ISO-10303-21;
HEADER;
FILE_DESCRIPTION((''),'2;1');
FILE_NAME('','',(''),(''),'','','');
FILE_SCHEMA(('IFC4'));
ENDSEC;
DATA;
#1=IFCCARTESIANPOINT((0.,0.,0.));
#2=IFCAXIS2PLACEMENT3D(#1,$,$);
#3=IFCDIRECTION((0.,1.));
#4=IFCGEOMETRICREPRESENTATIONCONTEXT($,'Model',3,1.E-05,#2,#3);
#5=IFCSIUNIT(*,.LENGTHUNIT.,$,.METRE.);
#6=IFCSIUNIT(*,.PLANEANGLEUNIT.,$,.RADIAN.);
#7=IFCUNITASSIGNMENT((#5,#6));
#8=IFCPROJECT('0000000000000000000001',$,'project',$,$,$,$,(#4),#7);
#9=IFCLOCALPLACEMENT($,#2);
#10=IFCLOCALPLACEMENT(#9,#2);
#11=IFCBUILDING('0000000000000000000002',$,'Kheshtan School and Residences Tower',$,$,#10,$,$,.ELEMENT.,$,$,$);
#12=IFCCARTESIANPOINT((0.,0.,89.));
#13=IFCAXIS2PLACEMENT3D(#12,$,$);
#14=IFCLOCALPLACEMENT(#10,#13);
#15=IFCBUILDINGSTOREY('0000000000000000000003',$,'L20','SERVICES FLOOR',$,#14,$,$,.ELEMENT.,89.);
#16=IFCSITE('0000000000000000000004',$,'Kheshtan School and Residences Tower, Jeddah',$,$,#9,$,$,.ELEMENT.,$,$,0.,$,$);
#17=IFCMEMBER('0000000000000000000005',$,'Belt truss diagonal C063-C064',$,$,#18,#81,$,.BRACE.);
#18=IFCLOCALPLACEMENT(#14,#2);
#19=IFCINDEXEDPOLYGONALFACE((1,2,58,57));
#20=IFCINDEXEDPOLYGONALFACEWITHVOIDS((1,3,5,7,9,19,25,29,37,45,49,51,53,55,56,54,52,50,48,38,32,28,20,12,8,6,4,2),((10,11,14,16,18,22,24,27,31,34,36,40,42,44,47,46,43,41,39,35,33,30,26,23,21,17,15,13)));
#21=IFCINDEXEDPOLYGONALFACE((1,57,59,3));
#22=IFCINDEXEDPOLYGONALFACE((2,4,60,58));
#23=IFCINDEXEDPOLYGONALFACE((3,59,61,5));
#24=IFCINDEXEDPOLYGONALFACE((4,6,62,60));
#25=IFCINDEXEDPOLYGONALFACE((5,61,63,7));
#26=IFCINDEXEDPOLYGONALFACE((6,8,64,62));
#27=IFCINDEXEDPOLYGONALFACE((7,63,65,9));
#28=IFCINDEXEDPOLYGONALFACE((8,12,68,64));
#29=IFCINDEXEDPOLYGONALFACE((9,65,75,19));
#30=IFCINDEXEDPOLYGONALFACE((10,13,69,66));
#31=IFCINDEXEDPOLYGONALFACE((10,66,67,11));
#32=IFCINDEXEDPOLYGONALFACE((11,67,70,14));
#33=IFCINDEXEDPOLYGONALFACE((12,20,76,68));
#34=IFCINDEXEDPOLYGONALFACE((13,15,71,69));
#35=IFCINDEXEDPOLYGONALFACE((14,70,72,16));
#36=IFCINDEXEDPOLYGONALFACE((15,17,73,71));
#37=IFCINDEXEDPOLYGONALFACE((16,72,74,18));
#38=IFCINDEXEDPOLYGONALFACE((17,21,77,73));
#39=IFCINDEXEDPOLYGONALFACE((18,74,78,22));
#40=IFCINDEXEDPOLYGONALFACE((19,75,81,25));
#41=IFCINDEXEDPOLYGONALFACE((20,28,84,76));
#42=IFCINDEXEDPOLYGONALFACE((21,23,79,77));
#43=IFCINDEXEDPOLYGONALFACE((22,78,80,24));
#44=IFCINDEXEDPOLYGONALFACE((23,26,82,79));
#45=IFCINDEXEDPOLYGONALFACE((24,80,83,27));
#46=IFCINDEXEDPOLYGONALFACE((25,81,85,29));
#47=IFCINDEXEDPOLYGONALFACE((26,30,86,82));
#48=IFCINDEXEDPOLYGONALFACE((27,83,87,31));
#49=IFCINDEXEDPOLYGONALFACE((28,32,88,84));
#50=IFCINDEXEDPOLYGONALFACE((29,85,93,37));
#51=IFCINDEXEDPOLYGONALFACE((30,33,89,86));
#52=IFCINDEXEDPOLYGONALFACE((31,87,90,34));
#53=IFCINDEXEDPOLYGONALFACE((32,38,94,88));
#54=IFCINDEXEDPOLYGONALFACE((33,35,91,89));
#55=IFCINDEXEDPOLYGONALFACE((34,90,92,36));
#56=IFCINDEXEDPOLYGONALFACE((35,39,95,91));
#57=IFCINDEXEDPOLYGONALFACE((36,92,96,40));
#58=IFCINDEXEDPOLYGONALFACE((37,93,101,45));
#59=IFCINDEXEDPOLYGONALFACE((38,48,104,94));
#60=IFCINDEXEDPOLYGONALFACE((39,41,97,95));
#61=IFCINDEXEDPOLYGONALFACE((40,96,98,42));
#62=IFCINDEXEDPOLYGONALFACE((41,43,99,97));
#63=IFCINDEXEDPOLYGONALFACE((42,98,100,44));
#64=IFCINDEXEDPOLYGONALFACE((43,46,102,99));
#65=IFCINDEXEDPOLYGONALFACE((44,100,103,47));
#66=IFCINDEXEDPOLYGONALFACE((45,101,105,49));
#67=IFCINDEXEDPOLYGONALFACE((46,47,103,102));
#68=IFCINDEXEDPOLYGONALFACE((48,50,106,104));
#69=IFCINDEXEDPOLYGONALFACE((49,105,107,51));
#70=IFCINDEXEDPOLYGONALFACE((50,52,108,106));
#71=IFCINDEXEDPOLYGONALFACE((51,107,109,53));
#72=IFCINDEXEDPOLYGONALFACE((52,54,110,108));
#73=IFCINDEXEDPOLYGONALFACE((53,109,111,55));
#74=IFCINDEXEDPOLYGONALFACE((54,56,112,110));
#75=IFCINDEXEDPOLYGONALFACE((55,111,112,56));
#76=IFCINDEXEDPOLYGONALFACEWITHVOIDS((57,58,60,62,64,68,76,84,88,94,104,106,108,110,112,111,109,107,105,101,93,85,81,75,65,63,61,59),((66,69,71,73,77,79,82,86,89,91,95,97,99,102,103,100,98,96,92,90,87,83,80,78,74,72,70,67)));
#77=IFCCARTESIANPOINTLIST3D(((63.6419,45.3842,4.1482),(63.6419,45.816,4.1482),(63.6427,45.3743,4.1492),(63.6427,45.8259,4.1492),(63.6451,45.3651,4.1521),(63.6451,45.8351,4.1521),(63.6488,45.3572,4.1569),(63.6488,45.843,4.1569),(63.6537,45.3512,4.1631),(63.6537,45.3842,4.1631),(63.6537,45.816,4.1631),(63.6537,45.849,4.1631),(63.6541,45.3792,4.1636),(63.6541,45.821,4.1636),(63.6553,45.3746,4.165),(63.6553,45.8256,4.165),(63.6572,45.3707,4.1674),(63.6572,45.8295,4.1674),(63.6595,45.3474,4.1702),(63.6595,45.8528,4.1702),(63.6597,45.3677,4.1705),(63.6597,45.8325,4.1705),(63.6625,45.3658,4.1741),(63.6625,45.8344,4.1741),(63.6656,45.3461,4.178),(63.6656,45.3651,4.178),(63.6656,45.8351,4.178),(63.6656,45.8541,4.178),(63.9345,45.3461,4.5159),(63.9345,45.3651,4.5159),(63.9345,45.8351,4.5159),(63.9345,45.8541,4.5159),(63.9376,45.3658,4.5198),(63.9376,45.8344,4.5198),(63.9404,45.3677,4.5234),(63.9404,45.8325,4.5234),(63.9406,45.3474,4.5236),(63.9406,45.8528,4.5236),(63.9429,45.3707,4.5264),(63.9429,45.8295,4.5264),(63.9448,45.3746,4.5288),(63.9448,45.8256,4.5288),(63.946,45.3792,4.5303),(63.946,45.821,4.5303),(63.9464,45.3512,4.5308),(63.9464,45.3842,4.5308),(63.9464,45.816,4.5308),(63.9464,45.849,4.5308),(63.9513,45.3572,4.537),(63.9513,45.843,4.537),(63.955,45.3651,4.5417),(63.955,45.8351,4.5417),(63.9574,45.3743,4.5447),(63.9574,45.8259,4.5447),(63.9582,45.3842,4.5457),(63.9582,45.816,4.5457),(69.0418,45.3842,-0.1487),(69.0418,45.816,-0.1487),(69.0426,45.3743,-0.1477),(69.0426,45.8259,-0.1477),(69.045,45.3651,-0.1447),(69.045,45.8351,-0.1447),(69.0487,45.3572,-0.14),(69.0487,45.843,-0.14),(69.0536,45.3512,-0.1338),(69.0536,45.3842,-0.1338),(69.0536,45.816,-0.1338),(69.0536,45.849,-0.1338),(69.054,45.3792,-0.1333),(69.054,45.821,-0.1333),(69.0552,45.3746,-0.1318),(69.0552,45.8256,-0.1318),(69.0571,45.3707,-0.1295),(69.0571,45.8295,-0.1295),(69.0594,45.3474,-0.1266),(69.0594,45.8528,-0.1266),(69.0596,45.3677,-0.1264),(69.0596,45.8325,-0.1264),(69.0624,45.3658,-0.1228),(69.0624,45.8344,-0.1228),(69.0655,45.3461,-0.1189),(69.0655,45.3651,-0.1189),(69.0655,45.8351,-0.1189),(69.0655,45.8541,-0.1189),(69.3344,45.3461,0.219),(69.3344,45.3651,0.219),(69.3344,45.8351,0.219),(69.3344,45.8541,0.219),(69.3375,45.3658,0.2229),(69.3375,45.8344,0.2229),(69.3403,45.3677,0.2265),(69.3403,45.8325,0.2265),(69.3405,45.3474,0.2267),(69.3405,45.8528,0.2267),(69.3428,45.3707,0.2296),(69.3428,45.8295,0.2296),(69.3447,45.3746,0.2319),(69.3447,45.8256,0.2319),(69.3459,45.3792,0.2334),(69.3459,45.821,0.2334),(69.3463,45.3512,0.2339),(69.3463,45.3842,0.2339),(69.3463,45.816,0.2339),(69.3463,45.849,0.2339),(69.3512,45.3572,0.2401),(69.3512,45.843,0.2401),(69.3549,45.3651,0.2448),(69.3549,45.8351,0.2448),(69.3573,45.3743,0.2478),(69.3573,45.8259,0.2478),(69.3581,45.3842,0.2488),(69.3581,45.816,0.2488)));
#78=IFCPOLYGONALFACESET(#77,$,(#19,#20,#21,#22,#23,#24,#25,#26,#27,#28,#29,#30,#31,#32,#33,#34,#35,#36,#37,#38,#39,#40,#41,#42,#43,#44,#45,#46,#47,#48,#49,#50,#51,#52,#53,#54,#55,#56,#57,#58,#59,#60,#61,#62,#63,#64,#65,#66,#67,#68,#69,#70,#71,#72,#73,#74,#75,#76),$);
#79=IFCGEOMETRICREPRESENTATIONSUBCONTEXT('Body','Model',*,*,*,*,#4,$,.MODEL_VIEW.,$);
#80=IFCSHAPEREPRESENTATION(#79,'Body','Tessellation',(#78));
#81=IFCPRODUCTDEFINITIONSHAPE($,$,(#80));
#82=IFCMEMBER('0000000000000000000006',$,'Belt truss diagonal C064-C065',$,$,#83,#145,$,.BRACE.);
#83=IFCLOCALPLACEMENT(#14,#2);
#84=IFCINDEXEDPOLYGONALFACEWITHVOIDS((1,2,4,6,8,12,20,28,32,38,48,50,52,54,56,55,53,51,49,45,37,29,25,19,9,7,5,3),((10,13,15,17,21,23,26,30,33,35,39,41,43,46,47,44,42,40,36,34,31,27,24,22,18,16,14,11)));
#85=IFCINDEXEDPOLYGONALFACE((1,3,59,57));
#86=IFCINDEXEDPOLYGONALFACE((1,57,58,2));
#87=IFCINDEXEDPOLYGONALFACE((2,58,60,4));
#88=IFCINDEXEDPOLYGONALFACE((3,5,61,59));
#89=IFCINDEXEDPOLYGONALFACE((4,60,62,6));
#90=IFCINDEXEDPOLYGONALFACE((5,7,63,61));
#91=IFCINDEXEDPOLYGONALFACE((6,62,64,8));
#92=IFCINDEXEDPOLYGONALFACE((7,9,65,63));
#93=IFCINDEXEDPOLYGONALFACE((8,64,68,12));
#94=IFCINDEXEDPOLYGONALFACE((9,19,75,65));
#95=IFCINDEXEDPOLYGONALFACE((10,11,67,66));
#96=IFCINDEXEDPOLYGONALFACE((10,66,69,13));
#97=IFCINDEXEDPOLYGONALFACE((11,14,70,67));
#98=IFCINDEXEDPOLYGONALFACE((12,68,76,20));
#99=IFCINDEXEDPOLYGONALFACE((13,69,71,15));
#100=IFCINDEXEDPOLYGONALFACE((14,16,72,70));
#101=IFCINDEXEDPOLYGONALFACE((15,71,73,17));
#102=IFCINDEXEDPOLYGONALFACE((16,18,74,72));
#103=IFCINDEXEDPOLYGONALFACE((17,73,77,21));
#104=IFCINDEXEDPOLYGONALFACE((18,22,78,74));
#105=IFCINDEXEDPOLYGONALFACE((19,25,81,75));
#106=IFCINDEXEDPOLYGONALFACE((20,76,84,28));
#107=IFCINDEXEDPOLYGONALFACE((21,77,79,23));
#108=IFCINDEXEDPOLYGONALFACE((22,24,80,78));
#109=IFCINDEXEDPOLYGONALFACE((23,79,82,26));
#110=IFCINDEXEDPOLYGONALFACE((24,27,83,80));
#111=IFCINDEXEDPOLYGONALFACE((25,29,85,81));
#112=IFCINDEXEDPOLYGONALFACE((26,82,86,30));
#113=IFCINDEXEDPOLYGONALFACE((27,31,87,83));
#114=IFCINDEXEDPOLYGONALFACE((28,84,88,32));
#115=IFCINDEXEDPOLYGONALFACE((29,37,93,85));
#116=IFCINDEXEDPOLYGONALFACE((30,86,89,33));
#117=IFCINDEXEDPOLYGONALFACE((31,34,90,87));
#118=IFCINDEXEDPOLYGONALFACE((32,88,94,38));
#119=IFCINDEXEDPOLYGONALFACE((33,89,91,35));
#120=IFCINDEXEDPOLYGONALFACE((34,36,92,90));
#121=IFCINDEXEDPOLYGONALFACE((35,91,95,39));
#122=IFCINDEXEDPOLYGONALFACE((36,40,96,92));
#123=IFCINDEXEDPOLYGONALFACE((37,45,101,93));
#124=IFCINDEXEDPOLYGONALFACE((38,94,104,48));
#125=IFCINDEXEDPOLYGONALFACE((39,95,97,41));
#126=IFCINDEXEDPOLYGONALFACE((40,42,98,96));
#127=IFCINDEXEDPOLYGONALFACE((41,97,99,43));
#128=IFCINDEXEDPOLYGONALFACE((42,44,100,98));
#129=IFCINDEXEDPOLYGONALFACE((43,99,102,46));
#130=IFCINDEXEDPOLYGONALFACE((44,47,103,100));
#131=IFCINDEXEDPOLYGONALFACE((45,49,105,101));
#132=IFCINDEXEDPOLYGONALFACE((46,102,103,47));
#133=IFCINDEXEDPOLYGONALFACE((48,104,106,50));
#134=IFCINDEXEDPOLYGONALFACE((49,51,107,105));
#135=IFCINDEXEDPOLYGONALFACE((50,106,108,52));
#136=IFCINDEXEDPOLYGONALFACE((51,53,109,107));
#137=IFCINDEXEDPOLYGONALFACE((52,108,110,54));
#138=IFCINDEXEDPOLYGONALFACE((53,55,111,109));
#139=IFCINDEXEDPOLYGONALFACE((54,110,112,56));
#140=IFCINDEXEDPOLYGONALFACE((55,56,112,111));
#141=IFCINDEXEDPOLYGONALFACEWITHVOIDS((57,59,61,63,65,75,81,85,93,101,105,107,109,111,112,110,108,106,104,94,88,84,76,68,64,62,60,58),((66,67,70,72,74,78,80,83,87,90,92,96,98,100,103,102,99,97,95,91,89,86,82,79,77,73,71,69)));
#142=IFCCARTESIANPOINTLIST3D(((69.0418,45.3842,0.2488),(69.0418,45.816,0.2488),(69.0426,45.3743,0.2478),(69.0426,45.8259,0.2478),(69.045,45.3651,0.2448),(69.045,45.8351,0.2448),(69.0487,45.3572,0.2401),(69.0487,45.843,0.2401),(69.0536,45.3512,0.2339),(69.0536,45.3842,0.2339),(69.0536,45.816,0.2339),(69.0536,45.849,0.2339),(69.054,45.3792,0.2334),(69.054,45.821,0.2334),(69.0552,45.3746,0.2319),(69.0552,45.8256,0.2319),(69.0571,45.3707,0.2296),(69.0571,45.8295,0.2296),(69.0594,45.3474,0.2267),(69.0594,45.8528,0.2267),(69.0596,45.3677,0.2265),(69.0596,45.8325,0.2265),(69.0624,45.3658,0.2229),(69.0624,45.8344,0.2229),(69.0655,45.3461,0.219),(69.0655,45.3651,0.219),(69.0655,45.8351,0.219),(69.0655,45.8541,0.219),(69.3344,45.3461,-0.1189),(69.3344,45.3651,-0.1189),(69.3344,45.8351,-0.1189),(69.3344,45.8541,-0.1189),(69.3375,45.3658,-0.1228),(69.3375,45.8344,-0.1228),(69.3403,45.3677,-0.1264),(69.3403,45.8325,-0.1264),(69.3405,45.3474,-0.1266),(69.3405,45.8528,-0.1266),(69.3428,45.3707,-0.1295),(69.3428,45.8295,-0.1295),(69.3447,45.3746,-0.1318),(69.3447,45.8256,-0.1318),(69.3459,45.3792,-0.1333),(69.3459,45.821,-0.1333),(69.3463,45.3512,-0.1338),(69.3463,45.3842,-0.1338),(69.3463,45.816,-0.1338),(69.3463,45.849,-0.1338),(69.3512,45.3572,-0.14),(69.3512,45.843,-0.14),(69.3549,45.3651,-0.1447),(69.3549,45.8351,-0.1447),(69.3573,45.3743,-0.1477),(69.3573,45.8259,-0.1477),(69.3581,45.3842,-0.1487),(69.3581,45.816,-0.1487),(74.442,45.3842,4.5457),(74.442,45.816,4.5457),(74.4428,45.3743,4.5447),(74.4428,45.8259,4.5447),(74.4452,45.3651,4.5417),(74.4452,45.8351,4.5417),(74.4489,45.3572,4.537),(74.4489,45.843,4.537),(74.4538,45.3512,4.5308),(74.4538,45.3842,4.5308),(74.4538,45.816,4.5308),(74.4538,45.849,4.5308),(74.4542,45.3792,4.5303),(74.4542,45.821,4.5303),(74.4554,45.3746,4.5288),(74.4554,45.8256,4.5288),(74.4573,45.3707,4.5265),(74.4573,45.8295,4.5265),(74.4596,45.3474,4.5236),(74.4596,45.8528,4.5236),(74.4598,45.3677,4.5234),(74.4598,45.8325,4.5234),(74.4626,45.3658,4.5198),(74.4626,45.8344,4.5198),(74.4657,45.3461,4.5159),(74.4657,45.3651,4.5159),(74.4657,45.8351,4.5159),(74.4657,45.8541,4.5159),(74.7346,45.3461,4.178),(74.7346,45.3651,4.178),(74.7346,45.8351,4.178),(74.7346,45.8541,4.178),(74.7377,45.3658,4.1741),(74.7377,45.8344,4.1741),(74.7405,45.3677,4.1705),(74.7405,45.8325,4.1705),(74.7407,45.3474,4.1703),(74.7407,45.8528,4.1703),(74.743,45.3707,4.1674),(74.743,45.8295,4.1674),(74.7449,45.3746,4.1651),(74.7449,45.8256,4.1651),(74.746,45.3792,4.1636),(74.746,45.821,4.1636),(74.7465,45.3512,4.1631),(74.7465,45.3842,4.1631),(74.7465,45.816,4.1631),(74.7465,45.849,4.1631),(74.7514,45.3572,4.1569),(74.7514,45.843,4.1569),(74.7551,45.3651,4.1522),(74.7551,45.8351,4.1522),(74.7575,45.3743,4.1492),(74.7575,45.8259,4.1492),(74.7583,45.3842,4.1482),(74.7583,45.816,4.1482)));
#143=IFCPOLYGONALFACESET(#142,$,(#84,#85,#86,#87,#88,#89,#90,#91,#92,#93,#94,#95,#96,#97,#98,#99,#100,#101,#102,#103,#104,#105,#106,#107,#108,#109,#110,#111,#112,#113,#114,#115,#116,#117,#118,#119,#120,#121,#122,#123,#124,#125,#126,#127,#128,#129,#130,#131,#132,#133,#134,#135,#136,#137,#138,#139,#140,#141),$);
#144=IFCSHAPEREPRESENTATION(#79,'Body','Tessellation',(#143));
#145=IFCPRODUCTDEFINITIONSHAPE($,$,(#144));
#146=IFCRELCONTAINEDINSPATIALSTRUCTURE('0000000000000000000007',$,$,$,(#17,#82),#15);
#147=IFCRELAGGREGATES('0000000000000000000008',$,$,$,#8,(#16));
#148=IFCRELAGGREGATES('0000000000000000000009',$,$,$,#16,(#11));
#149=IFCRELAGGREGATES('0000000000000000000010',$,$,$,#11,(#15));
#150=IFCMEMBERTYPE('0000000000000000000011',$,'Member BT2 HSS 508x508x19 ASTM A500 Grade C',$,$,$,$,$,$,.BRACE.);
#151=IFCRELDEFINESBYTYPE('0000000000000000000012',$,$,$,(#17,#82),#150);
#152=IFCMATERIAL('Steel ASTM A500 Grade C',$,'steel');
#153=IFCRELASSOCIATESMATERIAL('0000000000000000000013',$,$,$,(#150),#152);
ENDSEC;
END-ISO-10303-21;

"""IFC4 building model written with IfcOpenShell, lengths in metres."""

from ifc_helpers import new_model, si_unit, direction, frame, origin, origin_2d, place, context, subcontext, project, spatial, hollow_rectangle, extrude, material, material_profile, profile_set, type_object, element, save


model = new_model("IFC4")

# Units and contexts
model_context = context("Model", 3, precision=1e-05, world=origin(), true_north=direction((0.0, 1.0)))
body_context = subcontext(model_context, "Body", "Model", "MODEL_VIEW")
ifc_project = project(units=[si_unit("LENGTHUNIT", "METRE"), si_unit("PLANEANGLEUNIT", "RADIAN")], contexts=[model_context])

# Site, building, storey
site_placement = place(None, origin())
site = spatial("IfcSite", under=ifc_project, at=site_placement, Name="Kheshtan School and Residences Tower, Jeddah", CompositionType="ELEMENT", RefElevation=0.0)
building_placement = place(site_placement, origin())
building = spatial("IfcBuilding", under=site, at=building_placement, Name="Kheshtan School and Residences Tower", CompositionType="ELEMENT")
storey_placement = place(building_placement, frame((0.0, 0.0, 89.0)))
storey = spatial("IfcBuildingStorey", under=building, at=storey_placement, Name="L20", Description="SERVICES FLOOR", CompositionType="ELEMENT", Elevation=89.0)

# Members
ifc_material_1 = material(Name="Steel ASTM A500 Grade C", Category="steel")
ifc_material_profile_1 = material_profile(ifc_material_1, hollow_rectangle(XDim=0.5081, YDim=0.5081, WallThickness=0.019, InnerFilletRadius=0.019, OuterFilletRadius=0.0381, at=origin_2d()), Name="HSS 508x508x19")
ifc_profile_set_1 = profile_set([ifc_material_profile_1], Name="Steel ASTM A500 Grade C")
member_type_1 = type_object("IfcMemberType", Name="Member BT2 HSS 508x508x19 ASTM A500 Grade C", PredefinedType="BRACE", material=ifc_profile_set_1)
member_1_placement = place(storey_placement, frame((69.2, 45.6001, 0.05), z_axis=(-0.782495, 0.0, 0.622657), x_axis=(0.0, -1.0, 0.0)))
element("IfcMember", 1, at=member_1_placement, inside=storey, type_object=member_type_1, Name="Belt truss diagonal C063-C064", PredefinedType="BRACE", context=body_context, shape_type="SweptSolid", body=[
    extrude(hollow_rectangle(XDim=0.5081, YDim=0.5081, WallThickness=0.019, InnerFilletRadius=0.019, OuterFilletRadius=0.0381, at=origin_2d()), origin(), (0.0, 0.0, 1.0), 6.9009),
])
member_2_placement = place(storey_placement, frame((69.2, 45.6001, 0.05), z_axis=(0.782509, 0.0, 0.622639), x_axis=(0.0, 1.0, 0.0)))
element("IfcMember", 2, at=member_2_placement, inside=storey, type_object=member_type_1, Name="Belt truss diagonal C064-C065", PredefinedType="BRACE", context=body_context, shape_type="SweptSolid", body=[
    extrude(hollow_rectangle(XDim=0.5081, YDim=0.5081, WallThickness=0.019, InnerFilletRadius=0.019, OuterFilletRadius=0.0381, at=origin_2d()), origin(), (0.0, 0.0, 1.0), 6.9011),
])

save(model, "model.ifc")
